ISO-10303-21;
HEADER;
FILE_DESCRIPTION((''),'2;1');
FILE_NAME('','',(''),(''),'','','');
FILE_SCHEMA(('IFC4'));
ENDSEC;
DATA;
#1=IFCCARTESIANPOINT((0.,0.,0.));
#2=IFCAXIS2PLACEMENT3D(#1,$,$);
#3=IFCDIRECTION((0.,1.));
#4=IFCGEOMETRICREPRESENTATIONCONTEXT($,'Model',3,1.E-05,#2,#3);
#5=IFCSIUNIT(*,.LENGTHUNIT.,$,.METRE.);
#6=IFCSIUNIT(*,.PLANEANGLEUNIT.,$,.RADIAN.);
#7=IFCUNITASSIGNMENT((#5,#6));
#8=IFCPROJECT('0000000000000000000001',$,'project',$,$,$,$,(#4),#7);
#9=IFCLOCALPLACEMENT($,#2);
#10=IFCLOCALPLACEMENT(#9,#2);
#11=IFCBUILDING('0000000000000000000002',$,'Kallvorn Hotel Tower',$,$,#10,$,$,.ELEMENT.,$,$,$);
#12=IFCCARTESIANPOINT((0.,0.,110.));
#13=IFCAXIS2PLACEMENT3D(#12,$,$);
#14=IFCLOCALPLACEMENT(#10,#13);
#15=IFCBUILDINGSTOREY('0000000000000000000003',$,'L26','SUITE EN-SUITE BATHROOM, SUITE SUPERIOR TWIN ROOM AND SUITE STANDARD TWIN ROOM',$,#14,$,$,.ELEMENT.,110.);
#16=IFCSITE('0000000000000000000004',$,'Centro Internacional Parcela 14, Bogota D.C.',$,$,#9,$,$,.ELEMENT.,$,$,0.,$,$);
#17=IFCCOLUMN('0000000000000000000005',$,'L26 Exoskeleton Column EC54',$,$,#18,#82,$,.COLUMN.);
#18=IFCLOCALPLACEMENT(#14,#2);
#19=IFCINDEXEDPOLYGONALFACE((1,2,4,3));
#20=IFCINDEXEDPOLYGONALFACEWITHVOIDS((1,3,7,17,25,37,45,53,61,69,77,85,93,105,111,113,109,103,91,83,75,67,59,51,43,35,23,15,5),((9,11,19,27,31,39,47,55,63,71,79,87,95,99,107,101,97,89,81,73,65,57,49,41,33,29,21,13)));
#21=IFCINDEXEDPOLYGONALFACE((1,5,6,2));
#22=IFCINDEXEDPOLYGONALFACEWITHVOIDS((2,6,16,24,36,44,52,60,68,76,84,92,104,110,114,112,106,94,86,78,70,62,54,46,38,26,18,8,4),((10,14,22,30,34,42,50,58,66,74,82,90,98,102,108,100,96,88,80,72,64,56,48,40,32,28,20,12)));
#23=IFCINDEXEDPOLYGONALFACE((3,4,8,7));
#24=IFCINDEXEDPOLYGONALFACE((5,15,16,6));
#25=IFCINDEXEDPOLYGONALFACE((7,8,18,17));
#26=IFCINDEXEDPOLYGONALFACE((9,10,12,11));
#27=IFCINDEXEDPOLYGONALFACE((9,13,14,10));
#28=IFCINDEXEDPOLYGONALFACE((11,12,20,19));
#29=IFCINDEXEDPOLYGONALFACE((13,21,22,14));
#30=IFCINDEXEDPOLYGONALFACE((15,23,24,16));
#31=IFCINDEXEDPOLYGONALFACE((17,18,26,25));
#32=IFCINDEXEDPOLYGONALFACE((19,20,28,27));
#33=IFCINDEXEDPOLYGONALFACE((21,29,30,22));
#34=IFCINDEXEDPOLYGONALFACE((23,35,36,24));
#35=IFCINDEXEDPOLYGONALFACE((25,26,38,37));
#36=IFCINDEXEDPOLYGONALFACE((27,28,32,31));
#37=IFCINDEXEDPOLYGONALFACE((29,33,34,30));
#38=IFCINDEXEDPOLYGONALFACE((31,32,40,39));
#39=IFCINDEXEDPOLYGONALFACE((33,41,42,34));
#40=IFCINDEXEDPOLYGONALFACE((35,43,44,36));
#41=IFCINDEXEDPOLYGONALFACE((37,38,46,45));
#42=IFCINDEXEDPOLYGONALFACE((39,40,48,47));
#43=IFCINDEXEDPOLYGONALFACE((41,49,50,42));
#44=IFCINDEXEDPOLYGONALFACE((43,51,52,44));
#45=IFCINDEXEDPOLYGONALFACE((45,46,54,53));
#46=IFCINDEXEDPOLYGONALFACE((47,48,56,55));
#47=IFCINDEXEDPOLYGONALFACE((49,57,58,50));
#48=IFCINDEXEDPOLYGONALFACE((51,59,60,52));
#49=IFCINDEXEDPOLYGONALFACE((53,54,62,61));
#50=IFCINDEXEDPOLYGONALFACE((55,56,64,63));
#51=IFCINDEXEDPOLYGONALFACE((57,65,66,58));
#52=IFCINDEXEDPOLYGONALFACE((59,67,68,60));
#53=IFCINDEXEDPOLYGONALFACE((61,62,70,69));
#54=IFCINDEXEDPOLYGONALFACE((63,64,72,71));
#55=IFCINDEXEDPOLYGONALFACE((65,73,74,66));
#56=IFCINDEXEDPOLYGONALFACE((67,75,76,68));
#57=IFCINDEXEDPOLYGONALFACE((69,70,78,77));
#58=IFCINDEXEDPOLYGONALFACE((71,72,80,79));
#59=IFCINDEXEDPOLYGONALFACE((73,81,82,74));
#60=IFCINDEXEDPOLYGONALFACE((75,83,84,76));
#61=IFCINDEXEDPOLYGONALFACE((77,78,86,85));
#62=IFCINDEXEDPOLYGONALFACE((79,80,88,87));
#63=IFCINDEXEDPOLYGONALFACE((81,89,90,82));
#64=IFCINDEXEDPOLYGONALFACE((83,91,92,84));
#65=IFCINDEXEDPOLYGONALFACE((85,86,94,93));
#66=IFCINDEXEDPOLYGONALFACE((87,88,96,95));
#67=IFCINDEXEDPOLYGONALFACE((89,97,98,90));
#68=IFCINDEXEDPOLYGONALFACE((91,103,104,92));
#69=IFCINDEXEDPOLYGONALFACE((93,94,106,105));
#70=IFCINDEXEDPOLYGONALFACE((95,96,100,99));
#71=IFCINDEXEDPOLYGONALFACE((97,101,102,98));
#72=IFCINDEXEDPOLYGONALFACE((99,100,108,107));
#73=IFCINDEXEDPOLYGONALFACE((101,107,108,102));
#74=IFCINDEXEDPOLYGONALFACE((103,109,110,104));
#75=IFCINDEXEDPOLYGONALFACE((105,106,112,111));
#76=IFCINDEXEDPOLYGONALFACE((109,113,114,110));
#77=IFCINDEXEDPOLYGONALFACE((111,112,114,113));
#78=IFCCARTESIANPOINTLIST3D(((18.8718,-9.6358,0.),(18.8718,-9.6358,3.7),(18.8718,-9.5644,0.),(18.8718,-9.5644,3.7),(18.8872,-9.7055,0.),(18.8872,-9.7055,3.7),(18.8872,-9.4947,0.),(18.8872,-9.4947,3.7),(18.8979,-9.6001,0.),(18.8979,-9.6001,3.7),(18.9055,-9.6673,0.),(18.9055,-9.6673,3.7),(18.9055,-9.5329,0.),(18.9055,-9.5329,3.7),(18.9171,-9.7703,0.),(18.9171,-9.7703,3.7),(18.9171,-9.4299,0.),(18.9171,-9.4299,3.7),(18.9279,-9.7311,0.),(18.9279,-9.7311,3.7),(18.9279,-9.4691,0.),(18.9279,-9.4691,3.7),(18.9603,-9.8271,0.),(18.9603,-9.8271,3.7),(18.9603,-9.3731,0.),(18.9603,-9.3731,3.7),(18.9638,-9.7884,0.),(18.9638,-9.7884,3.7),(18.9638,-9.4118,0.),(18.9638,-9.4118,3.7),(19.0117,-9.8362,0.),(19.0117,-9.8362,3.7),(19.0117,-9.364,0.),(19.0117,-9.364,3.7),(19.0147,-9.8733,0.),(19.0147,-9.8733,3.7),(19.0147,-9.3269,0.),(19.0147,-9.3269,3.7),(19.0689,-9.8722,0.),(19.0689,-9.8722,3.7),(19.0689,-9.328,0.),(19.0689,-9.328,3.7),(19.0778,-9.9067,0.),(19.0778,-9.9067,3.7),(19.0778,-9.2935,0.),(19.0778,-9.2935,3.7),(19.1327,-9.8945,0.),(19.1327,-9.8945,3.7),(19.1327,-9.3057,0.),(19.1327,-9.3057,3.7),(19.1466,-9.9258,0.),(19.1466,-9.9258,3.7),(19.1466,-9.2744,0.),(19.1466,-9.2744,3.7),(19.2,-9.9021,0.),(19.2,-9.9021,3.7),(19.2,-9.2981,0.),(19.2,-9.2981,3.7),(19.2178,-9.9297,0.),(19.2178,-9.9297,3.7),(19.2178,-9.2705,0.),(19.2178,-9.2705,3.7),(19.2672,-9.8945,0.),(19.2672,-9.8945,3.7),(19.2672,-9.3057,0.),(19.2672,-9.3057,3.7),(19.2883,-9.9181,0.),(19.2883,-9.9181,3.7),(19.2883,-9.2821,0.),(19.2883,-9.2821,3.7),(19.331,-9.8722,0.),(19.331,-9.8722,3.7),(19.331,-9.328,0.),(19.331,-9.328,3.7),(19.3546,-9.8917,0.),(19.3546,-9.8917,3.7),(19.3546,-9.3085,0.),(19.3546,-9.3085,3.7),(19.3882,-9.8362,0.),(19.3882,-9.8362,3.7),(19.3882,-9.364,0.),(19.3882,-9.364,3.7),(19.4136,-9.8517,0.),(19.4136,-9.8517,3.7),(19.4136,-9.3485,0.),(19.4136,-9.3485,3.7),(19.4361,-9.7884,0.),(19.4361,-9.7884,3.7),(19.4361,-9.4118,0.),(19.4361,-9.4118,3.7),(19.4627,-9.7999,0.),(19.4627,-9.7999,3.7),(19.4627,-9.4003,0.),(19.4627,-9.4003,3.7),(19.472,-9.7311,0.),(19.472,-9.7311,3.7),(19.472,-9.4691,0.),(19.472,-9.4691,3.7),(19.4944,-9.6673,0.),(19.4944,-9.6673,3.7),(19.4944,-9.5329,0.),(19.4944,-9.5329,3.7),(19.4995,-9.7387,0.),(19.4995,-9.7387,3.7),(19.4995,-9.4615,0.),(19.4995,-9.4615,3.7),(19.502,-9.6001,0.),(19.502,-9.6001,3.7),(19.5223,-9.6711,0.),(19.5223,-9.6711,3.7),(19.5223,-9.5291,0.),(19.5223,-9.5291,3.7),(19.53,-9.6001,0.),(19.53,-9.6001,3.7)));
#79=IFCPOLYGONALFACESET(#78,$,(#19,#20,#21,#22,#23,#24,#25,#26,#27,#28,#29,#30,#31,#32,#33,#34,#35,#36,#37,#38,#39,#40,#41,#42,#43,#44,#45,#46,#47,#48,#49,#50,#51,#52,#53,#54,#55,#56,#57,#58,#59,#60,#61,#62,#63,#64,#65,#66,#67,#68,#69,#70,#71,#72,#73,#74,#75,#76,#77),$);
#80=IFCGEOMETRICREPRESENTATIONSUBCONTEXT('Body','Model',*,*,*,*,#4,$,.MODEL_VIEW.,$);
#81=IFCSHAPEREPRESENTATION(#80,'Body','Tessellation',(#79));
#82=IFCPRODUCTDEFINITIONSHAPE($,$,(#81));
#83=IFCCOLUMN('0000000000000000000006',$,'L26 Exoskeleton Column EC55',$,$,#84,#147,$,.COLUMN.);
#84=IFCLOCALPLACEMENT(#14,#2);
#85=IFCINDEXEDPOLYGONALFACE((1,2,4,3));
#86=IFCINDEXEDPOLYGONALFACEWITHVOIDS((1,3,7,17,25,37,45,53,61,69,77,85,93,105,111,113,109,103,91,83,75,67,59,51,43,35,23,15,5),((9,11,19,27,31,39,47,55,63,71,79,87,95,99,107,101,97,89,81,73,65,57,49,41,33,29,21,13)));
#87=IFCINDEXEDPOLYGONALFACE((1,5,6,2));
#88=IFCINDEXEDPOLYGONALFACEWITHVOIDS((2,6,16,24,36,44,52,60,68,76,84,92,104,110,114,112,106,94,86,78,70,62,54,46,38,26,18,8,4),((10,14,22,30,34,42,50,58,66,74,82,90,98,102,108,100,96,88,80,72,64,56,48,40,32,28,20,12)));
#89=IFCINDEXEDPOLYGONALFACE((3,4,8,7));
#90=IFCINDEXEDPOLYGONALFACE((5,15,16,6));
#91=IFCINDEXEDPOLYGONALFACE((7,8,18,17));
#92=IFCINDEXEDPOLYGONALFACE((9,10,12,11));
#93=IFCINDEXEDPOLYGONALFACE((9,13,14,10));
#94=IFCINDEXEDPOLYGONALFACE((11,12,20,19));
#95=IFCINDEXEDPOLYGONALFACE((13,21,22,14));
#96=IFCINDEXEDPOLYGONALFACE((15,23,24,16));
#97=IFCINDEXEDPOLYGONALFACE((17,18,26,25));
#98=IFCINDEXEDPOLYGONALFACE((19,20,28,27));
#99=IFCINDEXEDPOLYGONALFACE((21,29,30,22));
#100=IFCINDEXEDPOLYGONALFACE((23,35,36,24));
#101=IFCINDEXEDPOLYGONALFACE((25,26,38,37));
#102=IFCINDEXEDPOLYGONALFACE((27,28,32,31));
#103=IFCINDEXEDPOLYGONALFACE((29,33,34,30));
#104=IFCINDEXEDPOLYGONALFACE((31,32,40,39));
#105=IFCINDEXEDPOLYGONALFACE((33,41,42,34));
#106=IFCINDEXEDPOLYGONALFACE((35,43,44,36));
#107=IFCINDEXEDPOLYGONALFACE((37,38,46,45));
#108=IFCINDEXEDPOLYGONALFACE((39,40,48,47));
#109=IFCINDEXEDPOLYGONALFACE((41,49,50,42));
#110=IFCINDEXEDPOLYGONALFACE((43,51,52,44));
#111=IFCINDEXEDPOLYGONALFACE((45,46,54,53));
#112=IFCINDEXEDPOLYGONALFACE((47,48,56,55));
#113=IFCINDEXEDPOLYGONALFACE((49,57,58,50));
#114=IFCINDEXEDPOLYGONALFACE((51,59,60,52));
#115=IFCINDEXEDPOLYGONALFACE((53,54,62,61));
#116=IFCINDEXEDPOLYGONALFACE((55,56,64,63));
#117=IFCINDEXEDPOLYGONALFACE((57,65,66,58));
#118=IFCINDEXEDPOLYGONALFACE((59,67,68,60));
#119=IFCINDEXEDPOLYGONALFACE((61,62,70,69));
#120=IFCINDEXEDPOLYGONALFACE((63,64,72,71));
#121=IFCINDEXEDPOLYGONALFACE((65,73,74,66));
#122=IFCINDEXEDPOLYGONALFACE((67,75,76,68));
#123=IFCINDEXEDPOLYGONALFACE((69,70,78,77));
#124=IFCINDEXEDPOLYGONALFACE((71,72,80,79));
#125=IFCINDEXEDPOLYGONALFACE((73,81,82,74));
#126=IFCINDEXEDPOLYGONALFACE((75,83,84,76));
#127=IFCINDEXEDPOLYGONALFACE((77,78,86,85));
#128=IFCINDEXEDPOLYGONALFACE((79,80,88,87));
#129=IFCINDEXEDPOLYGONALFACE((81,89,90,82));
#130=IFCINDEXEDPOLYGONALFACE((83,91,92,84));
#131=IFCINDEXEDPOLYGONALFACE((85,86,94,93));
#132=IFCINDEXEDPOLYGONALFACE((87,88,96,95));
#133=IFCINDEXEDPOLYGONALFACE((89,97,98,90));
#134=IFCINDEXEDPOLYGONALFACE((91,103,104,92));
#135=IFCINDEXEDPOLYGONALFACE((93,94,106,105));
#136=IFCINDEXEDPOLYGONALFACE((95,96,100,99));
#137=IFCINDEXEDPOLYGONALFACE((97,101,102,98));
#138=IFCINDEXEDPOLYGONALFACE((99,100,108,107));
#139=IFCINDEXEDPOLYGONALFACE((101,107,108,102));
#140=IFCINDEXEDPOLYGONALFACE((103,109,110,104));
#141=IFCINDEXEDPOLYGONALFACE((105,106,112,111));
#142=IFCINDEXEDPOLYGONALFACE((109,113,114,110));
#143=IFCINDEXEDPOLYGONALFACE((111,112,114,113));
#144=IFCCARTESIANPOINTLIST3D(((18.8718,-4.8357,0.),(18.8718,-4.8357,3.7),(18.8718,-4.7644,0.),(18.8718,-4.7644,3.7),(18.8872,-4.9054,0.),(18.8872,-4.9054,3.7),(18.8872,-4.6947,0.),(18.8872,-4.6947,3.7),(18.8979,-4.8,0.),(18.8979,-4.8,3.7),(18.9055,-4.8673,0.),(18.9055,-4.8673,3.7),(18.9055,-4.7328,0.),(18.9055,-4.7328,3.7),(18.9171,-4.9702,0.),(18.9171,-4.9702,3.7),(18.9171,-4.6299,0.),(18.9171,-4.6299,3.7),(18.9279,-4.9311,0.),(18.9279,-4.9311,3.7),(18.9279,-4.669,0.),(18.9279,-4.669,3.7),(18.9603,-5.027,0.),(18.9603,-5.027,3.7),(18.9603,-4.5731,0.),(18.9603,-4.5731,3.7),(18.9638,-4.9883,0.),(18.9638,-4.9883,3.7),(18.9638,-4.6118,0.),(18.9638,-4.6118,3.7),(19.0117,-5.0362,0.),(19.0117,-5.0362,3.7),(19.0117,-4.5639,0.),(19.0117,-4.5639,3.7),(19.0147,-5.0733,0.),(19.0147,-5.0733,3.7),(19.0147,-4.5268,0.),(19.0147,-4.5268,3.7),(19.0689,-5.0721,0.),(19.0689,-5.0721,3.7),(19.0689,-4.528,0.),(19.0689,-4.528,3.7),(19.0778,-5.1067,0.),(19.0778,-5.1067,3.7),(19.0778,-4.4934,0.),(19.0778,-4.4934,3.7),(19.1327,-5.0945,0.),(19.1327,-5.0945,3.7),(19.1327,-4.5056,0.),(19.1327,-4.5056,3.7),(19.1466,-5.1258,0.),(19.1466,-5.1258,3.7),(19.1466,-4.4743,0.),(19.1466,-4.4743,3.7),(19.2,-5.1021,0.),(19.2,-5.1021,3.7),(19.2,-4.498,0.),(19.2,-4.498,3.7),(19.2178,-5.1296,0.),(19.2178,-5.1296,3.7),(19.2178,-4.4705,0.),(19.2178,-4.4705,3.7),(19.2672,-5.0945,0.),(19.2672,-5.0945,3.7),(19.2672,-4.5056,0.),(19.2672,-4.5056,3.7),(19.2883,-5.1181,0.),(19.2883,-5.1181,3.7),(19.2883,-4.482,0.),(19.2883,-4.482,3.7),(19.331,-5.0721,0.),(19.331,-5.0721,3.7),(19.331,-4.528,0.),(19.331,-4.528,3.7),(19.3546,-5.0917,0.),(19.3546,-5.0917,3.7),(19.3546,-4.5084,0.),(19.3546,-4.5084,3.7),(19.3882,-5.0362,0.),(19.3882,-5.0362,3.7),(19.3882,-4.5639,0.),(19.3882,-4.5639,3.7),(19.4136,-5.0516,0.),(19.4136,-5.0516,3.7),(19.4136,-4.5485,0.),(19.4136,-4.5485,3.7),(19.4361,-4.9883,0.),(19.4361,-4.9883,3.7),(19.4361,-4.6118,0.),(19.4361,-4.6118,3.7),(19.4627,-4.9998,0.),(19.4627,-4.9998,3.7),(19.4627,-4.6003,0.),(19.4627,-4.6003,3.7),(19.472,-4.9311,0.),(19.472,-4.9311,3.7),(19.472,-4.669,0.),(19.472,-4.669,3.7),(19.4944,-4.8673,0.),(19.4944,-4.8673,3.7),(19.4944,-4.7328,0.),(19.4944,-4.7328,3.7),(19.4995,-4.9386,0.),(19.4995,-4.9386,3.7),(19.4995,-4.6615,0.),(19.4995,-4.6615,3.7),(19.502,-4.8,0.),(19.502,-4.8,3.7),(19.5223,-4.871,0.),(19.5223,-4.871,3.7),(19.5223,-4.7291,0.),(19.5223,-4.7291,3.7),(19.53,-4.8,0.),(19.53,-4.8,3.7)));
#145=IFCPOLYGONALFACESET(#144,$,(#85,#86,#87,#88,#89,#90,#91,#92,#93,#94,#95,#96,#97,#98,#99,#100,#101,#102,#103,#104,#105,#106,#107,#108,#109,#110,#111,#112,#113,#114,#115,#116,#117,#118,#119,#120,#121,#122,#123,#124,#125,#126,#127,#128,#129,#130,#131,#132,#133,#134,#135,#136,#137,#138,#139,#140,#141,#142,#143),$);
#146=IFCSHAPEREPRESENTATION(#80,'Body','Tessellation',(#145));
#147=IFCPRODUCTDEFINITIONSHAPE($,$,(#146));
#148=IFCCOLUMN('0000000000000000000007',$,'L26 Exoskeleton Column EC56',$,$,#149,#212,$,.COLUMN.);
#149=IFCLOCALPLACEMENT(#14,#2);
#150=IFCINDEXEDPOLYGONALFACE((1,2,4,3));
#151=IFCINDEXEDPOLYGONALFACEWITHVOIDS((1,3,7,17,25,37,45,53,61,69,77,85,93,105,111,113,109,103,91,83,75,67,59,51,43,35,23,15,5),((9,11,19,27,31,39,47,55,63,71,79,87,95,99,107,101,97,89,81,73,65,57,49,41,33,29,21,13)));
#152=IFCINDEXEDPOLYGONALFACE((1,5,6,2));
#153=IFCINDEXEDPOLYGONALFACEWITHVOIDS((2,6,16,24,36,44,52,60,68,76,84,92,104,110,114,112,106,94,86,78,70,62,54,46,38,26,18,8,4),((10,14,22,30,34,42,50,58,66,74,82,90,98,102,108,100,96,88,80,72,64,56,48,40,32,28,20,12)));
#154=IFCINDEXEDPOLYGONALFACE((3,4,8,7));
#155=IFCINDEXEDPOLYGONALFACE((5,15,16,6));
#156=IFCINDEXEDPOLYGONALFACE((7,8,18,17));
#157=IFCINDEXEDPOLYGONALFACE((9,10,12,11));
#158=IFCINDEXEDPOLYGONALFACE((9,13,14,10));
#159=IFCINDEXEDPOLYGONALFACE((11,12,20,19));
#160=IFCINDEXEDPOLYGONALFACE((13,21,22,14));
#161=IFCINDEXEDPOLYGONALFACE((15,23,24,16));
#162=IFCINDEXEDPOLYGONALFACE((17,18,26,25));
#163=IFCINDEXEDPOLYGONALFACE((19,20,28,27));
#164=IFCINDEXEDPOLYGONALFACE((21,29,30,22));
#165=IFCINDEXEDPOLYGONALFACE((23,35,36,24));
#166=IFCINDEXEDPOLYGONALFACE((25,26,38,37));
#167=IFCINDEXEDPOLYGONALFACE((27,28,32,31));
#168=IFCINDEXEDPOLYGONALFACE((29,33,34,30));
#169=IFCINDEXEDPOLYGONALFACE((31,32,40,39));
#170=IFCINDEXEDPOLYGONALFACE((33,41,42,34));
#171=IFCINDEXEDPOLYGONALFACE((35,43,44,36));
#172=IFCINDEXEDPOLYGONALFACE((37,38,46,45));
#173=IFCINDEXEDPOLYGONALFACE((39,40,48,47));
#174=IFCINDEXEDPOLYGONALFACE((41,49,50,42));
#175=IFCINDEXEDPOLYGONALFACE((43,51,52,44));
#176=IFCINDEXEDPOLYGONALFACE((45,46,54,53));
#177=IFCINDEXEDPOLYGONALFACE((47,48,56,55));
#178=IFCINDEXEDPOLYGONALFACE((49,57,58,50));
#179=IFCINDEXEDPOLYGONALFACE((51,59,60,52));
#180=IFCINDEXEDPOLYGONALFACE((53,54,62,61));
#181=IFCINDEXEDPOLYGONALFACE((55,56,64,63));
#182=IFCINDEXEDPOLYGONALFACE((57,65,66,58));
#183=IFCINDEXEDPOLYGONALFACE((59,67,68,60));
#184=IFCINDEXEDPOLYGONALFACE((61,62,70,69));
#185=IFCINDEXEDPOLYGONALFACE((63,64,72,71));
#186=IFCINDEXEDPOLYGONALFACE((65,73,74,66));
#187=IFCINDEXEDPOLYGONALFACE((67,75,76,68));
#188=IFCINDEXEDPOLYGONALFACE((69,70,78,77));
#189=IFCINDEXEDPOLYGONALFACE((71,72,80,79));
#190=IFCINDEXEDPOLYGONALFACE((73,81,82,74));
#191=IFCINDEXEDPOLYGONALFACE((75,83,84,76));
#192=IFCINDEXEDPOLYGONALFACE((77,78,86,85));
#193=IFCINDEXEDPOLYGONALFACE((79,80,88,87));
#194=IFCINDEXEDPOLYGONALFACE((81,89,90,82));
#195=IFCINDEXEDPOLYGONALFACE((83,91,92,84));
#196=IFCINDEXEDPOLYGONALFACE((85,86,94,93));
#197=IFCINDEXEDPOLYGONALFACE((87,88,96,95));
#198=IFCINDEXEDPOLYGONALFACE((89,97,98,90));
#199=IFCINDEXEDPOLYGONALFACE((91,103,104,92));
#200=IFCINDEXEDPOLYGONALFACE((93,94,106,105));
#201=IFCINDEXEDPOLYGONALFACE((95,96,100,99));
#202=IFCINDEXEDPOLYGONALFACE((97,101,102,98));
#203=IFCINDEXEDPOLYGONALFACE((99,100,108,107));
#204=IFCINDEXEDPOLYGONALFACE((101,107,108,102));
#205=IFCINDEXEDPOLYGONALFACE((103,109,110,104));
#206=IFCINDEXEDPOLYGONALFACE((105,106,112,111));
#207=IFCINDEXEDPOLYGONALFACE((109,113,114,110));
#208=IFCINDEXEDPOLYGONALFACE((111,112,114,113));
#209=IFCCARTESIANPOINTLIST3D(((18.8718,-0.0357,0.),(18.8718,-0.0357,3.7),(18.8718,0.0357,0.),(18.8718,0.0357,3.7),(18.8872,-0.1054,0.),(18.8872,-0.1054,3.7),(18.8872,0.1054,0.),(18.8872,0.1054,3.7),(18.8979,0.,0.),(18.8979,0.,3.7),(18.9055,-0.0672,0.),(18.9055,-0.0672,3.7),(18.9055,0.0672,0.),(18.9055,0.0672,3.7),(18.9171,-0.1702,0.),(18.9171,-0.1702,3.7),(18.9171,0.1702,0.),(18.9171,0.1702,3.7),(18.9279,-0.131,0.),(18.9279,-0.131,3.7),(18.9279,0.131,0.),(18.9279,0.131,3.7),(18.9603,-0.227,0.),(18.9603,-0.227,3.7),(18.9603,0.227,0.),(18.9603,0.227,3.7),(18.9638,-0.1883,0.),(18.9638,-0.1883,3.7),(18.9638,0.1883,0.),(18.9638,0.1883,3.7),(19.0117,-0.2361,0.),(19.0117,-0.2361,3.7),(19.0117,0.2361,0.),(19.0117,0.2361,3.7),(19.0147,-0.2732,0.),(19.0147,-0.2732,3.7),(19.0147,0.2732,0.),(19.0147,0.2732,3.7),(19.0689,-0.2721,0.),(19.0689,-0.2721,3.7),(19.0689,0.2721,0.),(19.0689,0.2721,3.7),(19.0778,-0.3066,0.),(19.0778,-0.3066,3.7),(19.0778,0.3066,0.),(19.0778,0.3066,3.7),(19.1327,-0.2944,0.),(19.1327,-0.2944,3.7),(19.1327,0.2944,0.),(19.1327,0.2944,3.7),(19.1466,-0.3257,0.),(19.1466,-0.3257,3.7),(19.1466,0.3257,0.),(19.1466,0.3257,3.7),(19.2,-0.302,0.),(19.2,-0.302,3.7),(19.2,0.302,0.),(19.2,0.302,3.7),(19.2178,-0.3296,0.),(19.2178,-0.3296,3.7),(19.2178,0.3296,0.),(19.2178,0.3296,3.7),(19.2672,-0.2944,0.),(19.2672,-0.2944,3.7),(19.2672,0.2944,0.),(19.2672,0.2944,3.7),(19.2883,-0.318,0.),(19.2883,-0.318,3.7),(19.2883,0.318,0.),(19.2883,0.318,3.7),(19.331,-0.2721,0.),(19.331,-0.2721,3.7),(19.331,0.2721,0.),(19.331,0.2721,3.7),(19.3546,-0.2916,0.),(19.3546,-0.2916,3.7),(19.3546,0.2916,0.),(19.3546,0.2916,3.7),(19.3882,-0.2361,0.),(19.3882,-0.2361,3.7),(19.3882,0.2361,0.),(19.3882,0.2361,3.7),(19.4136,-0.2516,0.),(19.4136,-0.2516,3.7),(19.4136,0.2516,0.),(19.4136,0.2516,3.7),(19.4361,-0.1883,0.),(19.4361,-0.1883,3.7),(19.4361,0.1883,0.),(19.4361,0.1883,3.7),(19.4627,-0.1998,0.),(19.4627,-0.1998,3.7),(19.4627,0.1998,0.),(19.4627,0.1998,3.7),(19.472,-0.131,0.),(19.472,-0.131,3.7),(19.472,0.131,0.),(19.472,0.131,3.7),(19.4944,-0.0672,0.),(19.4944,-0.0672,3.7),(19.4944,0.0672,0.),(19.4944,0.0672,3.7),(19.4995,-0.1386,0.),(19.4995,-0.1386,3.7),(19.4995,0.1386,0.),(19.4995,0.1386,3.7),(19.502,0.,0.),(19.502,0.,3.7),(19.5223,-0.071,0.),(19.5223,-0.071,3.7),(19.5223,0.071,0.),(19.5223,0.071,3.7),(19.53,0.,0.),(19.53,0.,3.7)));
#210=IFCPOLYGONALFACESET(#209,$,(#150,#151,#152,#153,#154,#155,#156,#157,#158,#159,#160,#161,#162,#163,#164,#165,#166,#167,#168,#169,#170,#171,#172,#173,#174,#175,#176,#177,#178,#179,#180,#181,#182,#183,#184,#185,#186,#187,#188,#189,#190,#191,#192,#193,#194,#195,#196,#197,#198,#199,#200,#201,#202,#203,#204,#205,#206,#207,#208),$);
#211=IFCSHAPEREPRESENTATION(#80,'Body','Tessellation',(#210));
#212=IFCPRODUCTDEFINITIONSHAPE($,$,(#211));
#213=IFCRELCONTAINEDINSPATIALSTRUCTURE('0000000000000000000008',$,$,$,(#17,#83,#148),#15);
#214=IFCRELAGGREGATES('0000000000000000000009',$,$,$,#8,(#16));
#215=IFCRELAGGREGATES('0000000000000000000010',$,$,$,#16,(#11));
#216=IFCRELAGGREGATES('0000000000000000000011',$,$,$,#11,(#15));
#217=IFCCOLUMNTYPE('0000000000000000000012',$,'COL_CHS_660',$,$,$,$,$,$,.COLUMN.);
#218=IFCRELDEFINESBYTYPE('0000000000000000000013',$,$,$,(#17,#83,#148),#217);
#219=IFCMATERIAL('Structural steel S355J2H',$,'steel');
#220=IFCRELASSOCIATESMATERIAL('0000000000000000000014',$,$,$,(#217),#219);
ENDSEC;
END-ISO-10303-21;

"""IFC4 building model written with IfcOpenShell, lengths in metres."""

from ifc_helpers import new_model, si_unit, direction, frame, origin, origin_2d, place, context, subcontext, project, spatial, hollow_circle, extrude, material, material_profile, profile_set, type_object, element, save


model = new_model("IFC4")

# Units and contexts
model_context = context("Model", 3, precision=1e-05, world=origin(), true_north=direction((0.0, 1.0)))
body_context = subcontext(model_context, "Body", "Model", "MODEL_VIEW")
ifc_project = project(units=[si_unit("LENGTHUNIT", "METRE"), si_unit("PLANEANGLEUNIT", "RADIAN")], contexts=[model_context])

# Site, building, storey
site_placement = place(None, origin())
site = spatial("IfcSite", under=ifc_project, at=site_placement, Name="Centro Internacional Parcela 14, Bogota D.C.", CompositionType="ELEMENT", RefElevation=0.0)
building_placement = place(site_placement, origin())
building = spatial("IfcBuilding", under=site, at=building_placement, Name="Kallvorn Hotel Tower", CompositionType="ELEMENT")
storey_placement = place(building_placement, frame((0.0, 0.0, 110.0)))
storey = spatial("IfcBuildingStorey", under=building, at=storey_placement, Name="L26", Description="SUITE EN-SUITE BATHROOM, SUITE SUPERIOR TWIN ROOM AND SUITE STANDARD TWIN ROOM", CompositionType="ELEMENT", Elevation=110.0)

# Columns
ifc_material_1 = material(Name="Structural steel S355J2H", Category="steel")
ifc_material_profile_1 = material_profile(ifc_material_1, hollow_circle(Radius=0.3301, WallThickness=0.0281, at=origin_2d()), Name="CHS 660x28")
ifc_profile_set_1 = profile_set([ifc_material_profile_1], Name="Structural steel S355J2H")
column_type_1 = type_object("IfcColumnType", Name="COL_CHS_660", PredefinedType="COLUMN", material=ifc_profile_set_1)
for number, where, z_axis, x_axis, name in (
    (1, (19.2, -9.6001, 0.0), (0.0, 0.0, 1.0), (1.0, 0.0, 0.0), "L26 Exoskeleton Column EC54"),
    (2, (19.2, -4.8, 0.0), (0.0, 0.0, 1.0), (1.0, 0.0, 0.0), "L26 Exoskeleton Column EC55"),
    (3, (19.2, 0.0, 0.0), (0.0, 0.0, 1.0), (1.0, 0.0, 0.0), "L26 Exoskeleton Column EC56"),
):
    element("IfcColumn", number, at=place(storey_placement, frame(where, z_axis=z_axis, x_axis=x_axis)), inside=storey, type_object=column_type_1, Name=name, PredefinedType="COLUMN", context=body_context, shape_type="SweptSolid", body=[
        extrude(hollow_circle(Radius=0.3301, WallThickness=0.0281, at=origin_2d()), origin(), (0.0, 0.0, 1.0), 3.7),
    ])

save(model, "model.ifc")
